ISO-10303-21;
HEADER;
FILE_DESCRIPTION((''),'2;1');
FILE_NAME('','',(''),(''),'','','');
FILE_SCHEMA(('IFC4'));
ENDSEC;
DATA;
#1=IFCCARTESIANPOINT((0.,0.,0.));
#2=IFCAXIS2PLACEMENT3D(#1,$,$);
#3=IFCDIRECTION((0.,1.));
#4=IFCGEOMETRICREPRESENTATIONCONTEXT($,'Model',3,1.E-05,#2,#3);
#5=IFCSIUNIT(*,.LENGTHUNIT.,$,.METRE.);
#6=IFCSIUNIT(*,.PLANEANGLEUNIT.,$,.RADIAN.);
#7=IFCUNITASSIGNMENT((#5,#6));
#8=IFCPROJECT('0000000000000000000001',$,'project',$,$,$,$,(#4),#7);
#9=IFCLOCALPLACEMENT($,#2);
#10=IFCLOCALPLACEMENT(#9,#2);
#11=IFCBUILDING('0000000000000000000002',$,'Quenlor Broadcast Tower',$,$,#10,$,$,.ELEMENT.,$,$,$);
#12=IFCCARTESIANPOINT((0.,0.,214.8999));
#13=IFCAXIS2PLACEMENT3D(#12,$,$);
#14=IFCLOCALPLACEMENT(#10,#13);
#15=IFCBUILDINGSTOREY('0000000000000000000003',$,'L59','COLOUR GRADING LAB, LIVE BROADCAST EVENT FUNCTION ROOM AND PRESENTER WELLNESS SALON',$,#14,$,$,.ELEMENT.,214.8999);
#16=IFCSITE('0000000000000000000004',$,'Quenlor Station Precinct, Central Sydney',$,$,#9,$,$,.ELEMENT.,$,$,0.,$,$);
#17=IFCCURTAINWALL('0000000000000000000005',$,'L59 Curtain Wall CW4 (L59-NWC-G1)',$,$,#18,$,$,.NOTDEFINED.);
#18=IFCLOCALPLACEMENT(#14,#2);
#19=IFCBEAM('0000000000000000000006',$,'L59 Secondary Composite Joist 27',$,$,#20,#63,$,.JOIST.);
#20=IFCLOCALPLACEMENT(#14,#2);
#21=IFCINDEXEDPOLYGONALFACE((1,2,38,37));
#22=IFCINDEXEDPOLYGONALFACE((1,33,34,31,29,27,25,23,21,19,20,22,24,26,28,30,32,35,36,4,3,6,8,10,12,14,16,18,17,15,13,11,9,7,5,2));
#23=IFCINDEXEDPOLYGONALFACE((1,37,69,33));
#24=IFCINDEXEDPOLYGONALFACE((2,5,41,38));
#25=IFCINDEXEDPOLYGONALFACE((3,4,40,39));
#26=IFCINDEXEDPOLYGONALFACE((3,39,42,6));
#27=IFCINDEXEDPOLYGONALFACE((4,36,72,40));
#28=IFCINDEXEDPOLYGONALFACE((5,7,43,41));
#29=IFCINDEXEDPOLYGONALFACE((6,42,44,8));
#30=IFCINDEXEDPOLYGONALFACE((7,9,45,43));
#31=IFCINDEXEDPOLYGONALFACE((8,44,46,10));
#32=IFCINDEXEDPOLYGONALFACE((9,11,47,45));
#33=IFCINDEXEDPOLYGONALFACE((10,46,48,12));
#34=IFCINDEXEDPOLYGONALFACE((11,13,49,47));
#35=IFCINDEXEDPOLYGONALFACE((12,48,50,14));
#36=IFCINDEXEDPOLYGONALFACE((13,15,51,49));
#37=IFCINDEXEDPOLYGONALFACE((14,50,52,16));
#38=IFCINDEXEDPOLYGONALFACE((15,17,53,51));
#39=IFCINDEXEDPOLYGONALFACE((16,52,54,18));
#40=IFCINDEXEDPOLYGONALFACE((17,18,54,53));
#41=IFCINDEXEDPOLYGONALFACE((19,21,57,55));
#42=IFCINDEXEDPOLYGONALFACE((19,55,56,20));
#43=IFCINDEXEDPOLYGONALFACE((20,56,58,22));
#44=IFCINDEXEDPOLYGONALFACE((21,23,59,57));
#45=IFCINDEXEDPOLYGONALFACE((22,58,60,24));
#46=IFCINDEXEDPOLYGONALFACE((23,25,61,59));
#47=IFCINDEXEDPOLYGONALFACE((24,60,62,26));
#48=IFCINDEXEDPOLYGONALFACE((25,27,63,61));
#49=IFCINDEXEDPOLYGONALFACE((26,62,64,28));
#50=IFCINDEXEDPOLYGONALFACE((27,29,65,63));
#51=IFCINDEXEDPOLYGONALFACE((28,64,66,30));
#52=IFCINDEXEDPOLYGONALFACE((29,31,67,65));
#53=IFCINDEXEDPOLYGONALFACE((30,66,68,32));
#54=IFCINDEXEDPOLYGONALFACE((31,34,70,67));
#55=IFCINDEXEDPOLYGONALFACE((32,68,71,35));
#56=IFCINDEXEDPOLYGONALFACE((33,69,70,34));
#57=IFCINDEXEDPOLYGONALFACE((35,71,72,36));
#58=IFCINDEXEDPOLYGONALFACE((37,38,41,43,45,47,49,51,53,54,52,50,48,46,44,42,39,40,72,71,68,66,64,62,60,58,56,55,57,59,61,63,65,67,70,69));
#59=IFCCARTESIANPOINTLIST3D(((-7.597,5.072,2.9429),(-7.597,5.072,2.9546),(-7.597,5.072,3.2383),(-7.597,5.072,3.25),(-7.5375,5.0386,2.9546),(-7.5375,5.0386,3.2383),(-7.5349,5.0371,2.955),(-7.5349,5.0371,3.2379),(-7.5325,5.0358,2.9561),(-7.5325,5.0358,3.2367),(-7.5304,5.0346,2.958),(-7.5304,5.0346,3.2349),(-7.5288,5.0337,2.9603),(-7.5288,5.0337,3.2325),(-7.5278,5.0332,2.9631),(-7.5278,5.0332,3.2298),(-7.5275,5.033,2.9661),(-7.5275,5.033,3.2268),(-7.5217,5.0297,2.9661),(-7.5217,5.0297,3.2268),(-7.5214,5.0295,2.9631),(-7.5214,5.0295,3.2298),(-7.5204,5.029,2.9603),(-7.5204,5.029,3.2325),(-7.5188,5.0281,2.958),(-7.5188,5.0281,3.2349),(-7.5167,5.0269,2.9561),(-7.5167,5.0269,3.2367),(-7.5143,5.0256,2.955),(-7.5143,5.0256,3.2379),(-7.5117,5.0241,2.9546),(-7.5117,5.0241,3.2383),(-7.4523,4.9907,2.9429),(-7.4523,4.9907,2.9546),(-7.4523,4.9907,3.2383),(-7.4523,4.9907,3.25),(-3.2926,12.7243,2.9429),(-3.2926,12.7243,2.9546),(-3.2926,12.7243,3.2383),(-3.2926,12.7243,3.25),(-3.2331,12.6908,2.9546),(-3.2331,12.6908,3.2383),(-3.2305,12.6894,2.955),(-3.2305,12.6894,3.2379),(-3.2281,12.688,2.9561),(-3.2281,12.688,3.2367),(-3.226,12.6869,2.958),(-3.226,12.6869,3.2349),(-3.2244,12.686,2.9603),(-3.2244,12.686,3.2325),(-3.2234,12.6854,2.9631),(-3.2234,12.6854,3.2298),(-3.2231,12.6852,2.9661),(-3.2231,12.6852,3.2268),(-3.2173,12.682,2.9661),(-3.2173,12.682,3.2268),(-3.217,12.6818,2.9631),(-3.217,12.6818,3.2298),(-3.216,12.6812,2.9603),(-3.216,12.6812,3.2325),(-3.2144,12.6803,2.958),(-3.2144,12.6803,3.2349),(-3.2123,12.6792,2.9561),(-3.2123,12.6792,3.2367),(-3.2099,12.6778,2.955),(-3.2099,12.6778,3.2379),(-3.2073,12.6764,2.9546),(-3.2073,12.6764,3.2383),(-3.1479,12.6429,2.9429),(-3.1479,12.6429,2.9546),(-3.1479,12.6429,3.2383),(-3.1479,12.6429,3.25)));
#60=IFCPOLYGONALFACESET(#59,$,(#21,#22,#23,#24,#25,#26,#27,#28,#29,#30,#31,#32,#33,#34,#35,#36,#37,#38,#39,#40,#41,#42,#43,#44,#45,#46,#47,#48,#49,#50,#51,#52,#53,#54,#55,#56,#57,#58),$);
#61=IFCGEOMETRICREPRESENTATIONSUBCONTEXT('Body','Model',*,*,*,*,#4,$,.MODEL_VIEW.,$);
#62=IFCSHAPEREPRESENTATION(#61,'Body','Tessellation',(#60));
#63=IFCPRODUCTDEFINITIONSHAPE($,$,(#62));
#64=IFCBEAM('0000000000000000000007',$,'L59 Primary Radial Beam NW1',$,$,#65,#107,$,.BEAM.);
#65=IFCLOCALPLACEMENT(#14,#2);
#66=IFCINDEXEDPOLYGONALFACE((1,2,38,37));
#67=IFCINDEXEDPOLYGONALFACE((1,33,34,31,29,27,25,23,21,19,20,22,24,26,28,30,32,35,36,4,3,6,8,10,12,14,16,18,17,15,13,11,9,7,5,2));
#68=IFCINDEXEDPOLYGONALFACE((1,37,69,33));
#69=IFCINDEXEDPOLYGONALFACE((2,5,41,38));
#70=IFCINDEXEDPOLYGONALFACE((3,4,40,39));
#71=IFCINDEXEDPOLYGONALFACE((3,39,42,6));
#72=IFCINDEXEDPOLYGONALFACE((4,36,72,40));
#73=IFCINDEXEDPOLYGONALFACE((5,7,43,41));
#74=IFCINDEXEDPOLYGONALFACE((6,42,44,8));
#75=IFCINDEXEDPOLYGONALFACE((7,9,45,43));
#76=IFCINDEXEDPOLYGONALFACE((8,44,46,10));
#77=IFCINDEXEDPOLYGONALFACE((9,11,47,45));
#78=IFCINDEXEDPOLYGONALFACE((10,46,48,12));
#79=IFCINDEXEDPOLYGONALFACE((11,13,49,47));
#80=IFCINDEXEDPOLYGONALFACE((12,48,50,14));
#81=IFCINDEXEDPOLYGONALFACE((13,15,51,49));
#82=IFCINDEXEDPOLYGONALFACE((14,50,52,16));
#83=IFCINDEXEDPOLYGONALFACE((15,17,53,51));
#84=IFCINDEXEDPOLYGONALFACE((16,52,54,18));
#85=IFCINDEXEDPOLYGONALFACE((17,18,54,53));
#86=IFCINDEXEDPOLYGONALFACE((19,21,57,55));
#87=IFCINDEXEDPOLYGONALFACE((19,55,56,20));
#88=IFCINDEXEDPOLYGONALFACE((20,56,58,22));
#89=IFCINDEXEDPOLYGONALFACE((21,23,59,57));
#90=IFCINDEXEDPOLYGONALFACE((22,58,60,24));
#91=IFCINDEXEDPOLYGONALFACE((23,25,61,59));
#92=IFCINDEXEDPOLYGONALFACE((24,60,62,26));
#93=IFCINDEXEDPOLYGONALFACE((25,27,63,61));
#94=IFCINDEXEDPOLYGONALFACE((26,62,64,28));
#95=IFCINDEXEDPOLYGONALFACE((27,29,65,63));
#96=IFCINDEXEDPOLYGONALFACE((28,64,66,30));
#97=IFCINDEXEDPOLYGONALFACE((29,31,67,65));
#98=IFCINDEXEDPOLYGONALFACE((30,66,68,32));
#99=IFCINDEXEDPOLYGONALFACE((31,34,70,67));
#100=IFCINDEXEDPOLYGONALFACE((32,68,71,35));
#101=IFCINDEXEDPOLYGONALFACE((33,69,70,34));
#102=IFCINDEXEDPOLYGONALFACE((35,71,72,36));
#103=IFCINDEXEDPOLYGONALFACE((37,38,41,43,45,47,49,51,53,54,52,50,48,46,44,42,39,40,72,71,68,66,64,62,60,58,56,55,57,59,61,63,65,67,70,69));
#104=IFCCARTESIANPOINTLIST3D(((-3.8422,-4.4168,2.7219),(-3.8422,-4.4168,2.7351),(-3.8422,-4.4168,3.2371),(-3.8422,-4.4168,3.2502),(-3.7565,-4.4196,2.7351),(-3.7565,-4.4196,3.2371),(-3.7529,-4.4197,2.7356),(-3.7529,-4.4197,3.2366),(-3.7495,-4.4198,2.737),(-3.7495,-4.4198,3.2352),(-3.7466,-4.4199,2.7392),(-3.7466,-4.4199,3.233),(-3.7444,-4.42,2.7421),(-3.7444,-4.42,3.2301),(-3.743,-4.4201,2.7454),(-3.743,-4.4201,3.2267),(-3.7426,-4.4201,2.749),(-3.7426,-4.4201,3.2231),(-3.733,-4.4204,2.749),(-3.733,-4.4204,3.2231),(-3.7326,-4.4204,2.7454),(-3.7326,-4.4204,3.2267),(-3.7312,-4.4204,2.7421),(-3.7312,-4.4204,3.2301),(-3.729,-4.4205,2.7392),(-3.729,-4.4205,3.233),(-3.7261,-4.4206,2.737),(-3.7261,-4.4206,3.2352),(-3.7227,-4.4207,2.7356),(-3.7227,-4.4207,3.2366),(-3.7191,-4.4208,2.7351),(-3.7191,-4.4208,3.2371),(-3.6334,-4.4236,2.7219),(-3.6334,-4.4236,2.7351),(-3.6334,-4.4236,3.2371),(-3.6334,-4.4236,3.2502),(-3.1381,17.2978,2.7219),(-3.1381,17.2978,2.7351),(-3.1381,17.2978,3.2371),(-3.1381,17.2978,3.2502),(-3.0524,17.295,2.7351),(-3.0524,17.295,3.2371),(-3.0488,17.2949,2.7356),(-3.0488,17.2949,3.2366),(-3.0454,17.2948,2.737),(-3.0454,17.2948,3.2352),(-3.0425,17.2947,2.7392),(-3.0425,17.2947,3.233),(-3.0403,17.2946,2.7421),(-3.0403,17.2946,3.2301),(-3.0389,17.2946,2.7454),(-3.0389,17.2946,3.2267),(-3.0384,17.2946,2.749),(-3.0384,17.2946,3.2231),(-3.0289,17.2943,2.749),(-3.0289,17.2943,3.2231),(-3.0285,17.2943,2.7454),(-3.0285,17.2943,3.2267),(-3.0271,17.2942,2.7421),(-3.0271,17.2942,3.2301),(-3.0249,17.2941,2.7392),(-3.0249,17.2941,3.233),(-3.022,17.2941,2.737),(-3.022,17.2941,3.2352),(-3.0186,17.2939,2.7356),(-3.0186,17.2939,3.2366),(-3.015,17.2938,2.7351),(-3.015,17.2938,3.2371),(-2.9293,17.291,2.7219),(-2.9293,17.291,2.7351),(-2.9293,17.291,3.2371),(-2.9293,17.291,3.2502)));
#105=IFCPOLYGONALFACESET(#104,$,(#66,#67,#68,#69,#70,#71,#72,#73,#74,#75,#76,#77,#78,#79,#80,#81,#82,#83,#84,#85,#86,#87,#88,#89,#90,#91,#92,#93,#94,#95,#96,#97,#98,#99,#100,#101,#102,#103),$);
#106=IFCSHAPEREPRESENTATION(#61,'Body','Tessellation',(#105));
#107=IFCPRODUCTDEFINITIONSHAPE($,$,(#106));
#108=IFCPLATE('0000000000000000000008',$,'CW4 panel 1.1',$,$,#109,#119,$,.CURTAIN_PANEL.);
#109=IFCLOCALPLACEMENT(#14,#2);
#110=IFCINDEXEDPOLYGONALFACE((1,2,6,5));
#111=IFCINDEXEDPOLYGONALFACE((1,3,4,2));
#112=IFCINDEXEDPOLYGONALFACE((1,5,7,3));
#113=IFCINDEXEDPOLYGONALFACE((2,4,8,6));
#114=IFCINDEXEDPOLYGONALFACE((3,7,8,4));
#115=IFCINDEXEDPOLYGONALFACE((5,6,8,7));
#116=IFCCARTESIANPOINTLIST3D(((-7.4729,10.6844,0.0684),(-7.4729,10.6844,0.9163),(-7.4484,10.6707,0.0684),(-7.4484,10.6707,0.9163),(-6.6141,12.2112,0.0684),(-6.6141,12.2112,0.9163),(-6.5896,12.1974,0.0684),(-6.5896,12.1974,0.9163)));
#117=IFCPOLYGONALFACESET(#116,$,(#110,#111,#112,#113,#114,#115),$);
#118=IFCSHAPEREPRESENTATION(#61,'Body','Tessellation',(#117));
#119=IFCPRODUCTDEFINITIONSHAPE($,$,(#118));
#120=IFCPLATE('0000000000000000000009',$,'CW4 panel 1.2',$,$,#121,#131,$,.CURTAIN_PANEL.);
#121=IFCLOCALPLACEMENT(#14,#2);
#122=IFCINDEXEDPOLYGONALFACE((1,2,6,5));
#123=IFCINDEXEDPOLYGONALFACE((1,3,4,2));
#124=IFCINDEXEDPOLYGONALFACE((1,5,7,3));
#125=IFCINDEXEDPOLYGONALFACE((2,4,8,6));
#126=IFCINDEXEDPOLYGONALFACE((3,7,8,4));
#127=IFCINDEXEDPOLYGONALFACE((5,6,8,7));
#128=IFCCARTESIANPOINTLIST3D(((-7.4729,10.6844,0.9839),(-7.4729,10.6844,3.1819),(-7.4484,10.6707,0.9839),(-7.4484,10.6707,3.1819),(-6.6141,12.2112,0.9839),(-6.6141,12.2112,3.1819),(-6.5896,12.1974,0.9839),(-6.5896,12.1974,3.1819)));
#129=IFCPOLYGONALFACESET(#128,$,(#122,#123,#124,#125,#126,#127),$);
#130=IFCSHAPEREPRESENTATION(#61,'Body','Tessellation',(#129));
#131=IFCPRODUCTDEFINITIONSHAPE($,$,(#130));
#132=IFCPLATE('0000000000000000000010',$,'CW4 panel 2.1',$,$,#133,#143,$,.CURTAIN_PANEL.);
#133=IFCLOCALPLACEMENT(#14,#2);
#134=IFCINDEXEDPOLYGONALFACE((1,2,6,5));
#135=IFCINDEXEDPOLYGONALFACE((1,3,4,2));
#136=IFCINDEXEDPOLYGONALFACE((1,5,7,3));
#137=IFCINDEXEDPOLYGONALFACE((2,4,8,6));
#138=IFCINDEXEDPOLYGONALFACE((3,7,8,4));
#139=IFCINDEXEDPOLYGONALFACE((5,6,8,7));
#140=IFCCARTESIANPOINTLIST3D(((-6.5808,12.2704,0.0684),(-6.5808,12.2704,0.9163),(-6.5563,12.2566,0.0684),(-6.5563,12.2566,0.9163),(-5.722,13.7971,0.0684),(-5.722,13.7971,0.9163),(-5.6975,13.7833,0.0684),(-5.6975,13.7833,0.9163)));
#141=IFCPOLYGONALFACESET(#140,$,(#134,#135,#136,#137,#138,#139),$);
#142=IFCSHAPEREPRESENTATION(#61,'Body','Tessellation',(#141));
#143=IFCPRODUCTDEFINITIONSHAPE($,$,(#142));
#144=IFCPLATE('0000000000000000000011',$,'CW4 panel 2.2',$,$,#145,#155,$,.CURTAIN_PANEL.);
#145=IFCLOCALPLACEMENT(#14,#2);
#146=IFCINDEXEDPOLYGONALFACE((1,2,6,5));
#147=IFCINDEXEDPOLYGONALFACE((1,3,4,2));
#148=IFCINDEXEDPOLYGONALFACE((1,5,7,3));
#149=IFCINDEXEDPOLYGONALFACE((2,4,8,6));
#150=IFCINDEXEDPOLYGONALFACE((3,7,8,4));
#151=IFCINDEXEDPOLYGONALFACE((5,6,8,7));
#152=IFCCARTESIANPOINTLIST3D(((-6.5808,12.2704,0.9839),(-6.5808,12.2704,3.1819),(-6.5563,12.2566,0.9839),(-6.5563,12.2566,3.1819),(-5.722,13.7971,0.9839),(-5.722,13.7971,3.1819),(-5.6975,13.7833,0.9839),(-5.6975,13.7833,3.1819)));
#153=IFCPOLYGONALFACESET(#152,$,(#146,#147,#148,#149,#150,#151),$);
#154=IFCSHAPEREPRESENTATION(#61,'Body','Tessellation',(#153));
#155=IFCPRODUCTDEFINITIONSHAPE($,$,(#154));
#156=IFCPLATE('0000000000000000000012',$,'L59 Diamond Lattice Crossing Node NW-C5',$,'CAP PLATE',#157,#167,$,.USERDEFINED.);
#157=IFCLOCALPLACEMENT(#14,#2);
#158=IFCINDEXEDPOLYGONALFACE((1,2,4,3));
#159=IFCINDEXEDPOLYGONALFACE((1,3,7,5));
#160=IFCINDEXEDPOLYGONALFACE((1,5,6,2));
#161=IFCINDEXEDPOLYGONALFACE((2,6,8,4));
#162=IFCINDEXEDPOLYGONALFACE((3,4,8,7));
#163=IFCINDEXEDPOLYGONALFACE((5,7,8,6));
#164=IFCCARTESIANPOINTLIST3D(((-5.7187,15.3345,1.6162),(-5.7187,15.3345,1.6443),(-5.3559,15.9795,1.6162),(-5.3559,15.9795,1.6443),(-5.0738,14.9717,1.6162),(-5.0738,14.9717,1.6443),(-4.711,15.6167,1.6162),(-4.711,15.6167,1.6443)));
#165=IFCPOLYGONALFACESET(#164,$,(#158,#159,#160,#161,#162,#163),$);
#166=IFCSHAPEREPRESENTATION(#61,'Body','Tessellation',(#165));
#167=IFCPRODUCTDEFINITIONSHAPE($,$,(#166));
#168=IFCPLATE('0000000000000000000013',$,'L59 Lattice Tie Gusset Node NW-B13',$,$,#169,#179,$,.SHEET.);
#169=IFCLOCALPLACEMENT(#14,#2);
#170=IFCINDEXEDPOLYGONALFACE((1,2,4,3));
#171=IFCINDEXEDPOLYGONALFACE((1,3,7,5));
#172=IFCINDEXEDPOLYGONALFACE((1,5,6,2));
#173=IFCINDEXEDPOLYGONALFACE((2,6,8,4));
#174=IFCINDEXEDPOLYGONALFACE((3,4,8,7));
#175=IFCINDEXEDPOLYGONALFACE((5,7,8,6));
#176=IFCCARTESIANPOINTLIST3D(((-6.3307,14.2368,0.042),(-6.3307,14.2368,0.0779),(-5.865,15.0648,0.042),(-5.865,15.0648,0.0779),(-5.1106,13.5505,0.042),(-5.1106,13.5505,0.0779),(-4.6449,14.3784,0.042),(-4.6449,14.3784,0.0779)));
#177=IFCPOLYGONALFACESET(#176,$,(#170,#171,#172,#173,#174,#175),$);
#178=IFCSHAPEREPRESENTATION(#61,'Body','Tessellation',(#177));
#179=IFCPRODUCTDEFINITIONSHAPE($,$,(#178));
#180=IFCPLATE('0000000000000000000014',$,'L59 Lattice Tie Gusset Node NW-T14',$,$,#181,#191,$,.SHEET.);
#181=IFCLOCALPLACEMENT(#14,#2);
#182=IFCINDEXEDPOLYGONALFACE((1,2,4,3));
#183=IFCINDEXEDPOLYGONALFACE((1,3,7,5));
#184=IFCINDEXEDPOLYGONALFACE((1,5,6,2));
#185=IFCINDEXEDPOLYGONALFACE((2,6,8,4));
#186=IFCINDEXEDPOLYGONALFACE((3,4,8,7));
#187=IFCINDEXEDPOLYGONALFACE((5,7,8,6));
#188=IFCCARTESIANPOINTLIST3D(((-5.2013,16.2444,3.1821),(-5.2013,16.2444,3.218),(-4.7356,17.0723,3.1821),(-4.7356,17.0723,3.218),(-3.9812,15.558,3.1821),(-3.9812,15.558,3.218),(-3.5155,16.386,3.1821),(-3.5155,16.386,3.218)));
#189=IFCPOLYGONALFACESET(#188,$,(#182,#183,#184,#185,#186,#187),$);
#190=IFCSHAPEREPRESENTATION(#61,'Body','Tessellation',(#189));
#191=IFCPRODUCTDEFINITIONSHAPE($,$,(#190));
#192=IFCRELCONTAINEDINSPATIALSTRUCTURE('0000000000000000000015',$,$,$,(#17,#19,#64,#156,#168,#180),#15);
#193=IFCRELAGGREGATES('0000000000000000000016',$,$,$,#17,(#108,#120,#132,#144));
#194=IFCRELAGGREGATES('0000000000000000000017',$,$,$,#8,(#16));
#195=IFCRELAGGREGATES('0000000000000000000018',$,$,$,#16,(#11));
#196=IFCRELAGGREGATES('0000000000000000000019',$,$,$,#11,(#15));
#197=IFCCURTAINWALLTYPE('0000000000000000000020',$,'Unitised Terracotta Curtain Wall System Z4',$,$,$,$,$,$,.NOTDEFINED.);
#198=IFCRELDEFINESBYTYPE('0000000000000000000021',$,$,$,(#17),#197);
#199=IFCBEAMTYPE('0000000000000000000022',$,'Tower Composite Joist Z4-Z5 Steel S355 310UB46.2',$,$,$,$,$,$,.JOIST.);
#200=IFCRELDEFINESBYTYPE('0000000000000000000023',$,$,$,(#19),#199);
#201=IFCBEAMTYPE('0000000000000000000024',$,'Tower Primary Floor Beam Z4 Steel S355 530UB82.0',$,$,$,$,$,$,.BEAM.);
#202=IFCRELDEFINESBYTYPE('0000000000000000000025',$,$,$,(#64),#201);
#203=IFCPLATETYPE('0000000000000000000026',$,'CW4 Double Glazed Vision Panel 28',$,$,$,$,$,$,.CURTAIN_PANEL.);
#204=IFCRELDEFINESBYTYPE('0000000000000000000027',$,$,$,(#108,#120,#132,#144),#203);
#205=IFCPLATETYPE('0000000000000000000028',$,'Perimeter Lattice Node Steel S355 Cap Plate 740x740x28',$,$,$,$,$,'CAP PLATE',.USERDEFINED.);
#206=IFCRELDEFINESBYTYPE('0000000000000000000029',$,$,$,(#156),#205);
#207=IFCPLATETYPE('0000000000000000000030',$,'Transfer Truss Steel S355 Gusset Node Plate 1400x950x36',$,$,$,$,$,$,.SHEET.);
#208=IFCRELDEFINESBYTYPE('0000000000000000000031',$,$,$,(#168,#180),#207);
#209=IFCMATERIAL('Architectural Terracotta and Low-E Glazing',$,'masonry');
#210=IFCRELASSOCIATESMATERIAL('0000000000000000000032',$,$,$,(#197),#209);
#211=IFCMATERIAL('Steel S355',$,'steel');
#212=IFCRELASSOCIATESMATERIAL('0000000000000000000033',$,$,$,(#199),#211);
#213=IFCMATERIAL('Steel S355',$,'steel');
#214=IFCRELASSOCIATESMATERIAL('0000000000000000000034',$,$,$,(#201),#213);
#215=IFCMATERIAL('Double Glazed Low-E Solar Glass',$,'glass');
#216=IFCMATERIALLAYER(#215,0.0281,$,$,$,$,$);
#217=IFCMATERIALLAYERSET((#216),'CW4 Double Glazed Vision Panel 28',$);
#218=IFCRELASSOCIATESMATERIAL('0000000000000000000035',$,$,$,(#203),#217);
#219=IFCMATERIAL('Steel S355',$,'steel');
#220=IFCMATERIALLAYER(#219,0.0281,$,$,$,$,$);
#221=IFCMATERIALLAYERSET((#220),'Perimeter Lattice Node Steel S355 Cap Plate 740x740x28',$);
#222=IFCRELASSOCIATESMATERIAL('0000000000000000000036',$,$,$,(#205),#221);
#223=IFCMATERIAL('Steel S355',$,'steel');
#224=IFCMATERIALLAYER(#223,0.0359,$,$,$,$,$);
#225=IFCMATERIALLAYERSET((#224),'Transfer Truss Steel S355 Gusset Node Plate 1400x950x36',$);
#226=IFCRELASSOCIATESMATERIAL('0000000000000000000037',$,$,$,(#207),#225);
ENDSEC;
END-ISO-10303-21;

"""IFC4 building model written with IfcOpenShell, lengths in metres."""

from ifc_helpers import new_model, si_unit, direction, frame, origin, origin_2d, place, context, subcontext, project, spatial, rectangle, i_section, extrude, material, layer, layer_set, material_profile, profile_set, type_object, element, aggregate, save


model = new_model("IFC4")

# Units and contexts
model_context = context("Model", 3, precision=1e-05, world=origin(), true_north=direction((0.0, 1.0)))
body_context = subcontext(model_context, "Body", "Model", "MODEL_VIEW")
ifc_project = project(units=[si_unit("LENGTHUNIT", "METRE"), si_unit("PLANEANGLEUNIT", "RADIAN")], contexts=[model_context])

# Site, building, storey
site_placement = place(None, origin())
site = spatial("IfcSite", under=ifc_project, at=site_placement, Name="Quenlor Station Precinct, Central Sydney", CompositionType="ELEMENT", RefElevation=0.0)
building_placement = place(site_placement, origin())
building = spatial("IfcBuilding", under=site, at=building_placement, Name="Quenlor Broadcast Tower", CompositionType="ELEMENT")
storey_placement = place(building_placement, frame((0.0, 0.0, 214.8999)))
storey = spatial("IfcBuildingStorey", under=building, at=storey_placement, Name="L59", Description="COLOUR GRADING LAB, LIVE BROADCAST EVENT FUNCTION ROOM AND PRESENTER WELLNESS SALON", CompositionType="ELEMENT", Elevation=214.8999)

# Curtain wall
ifc_material_1 = material(Name="Architectural Terracotta and Low-E Glazing", Category="masonry")
curtain_wall_type = type_object("IfcCurtainWallType", Name="Unitised Terracotta Curtain Wall System Z4", PredefinedType="NOTDEFINED", material=ifc_material_1)
curtain_wall_placement = place(storey_placement, origin())
curtain_wall = element("IfcCurtainWall", 1, at=curtain_wall_placement, inside=storey, type_object=curtain_wall_type, Name="L59 Curtain Wall CW4 (L59-NWC-G1)", PredefinedType="NOTDEFINED")

# Beams
ifc_material_2 = material(Name="Steel S355", Category="steel")
ifc_material_profile_1 = material_profile(ifc_material_2, i_section(OverallWidth=0.166, OverallDepth=0.3071, WebThickness=0.0066, FlangeThickness=0.0117, FilletRadius=0.0115, at=origin_2d()))
ifc_profile_set_1 = profile_set([ifc_material_profile_1], Name="Steel S355 310UB46.2")
beam_type_1 = type_object("IfcBeamType", Name="Tower Composite Joist Z4-Z5 Steel S355 310UB46.2", PredefinedType="JOIST", material=ifc_profile_set_1)
beam_1_placement = place(storey_placement, frame((-3.2202, 12.6836, 3.0964), z_axis=(-0.490261, -0.871576, 0.0), x_axis=(0.871576, -0.490261, 0.0)))
element("IfcBeam", 2, at=beam_1_placement, inside=storey, type_object=beam_type_1, Name="L59 Secondary Composite Joist 27", PredefinedType="JOIST", context=body_context, shape_type="SweptSolid", body=[
    extrude(i_section(OverallWidth=0.166, OverallDepth=0.3071, WebThickness=0.0066, FlangeThickness=0.0117, FilletRadius=0.0115, at=origin_2d()), origin(), (0.0, 0.0, 1.0), 8.7798),
])
ifc_material_3 = material(Name="Steel S355", Category="steel")
ifc_material_profile_2 = material_profile(ifc_material_3, i_section(OverallWidth=0.209, OverallDepth=0.5283, WebThickness=0.0095, FlangeThickness=0.0132, FilletRadius=0.0139, at=origin_2d()))
ifc_profile_set_2 = profile_set([ifc_material_profile_2], Name="Steel S355 530UB82.0")
beam_type_2 = type_object("IfcBeamType", Name="Tower Primary Floor Beam Z4 Steel S355 530UB82.0", PredefinedType="BEAM", material=ifc_profile_set_2)
beam_2_placement = place(storey_placement, frame((-3.0337, 17.2944, 2.9861), z_axis=(-0.032408, -0.999475, 0.0), x_axis=(0.999475, -0.032408, 0.0)))
element("IfcBeam", 3, at=beam_2_placement, inside=storey, type_object=beam_type_2, Name="L59 Primary Radial Beam NW1", PredefinedType="BEAM", context=body_context, shape_type="SweptSolid", body=[
    extrude(i_section(OverallWidth=0.209, OverallDepth=0.5283, WebThickness=0.0095, FlangeThickness=0.0132, FilletRadius=0.0139, at=origin_2d()), origin(), (0.0, 0.0, 1.0), 21.7261),
])

# Plates
ifc_material_4 = material(Name="Double Glazed Low-E Solar Glass", Category="glass")
ifc_layer_1 = layer(ifc_material_4, 0.0281)
ifc_layer_set_1 = layer_set([ifc_layer_1], Name="CW4 Double Glazed Vision Panel 28")
plate_type_1 = type_object("IfcPlateType", Name="CW4 Double Glazed Vision Panel 28", PredefinedType="CURTAIN_PANEL", material=ifc_layer_set_1)
plate_1_placement = place(storey_placement, frame((-7.0312, 11.4409, 0.0684), z_axis=(0.0, 0.0, 1.0), x_axis=(0.49026, 0.871576, 0.0)))
plate_1 = element("IfcPlate", 4, at=plate_1_placement, type_object=plate_type_1, Name="CW4 panel 1.1", PredefinedType="CURTAIN_PANEL", context=body_context, shape_type="SweptSolid", body=[
    extrude(rectangle(XDim=1.7517, YDim=0.0281, at=origin_2d()), origin(), (0.0, 0.0, 1.0), 0.8479),
])
plate_2_placement = place(storey_placement, frame((-7.0312, 11.4409, 0.9839), z_axis=(0.0, 0.0, 1.0), x_axis=(0.49026, 0.871576, 0.0)))
plate_2 = element("IfcPlate", 5, at=plate_2_placement, type_object=plate_type_1, Name="CW4 panel 1.2", PredefinedType="CURTAIN_PANEL", context=body_context, shape_type="SweptSolid", body=[
    extrude(rectangle(XDim=1.7517, YDim=0.0281, at=origin_2d()), origin(), (0.0, 0.0, 1.0), 2.198),
])
plate_3_placement = place(storey_placement, frame((-6.1392, 13.0269, 0.0684), z_axis=(0.0, 0.0, 1.0), x_axis=(0.49026, 0.871576, 0.0)))
plate_3 = element("IfcPlate", 6, at=plate_3_placement, type_object=plate_type_1, Name="CW4 panel 2.1", PredefinedType="CURTAIN_PANEL", context=body_context, shape_type="SweptSolid", body=[
    extrude(rectangle(XDim=1.7517, YDim=0.0281, at=origin_2d()), origin(), (0.0, 0.0, 1.0), 0.8479),
])
plate_4_placement = place(storey_placement, frame((-6.1392, 13.0269, 0.9839), z_axis=(0.0, 0.0, 1.0), x_axis=(0.49026, 0.871576, 0.0)))
plate_4 = element("IfcPlate", 7, at=plate_4_placement, type_object=plate_type_1, Name="CW4 panel 2.2", PredefinedType="CURTAIN_PANEL", context=body_context, shape_type="SweptSolid", body=[
    extrude(rectangle(XDim=1.7517, YDim=0.0281, at=origin_2d()), origin(), (0.0, 0.0, 1.0), 2.198),
])
aggregate(curtain_wall, [plate_1, plate_2, plate_3, plate_4])

# Plates
ifc_material_5 = material(Name="Steel S355", Category="steel")
ifc_layer_2 = layer(ifc_material_5, 0.0281)
ifc_layer_set_2 = layer_set([ifc_layer_2], Name="Perimeter Lattice Node Steel S355 Cap Plate 740x740x28")
plate_type_2 = type_object("IfcPlateType", Name="Perimeter Lattice Node Steel S355 Cap Plate 740x740x28", ElementType="CAP PLATE", PredefinedType="USERDEFINED", material=ifc_layer_set_2)
plate_5_placement = place(storey_placement, frame((-5.2148, 15.4756, 1.6162), z_axis=(0.0, 0.0, 1.0), x_axis=(0.490295, 0.871556, 0.0)))
element("IfcPlate", 8, at=plate_5_placement, inside=storey, type_object=plate_type_2, Name="L59 Diamond Lattice Crossing Node NW-C5", ObjectType="CAP PLATE", PredefinedType="USERDEFINED", context=body_context, shape_type="SweptSolid", body=[
    extrude(rectangle(XDim=0.74, YDim=0.74, at=origin_2d()), origin(), (0.0, 0.0, 1.0), 0.0281),
])
ifc_material_6 = material(Name="Steel S355", Category="steel")
ifc_layer_3 = layer(ifc_material_6, 0.0359)
ifc_layer_set_3 = layer_set([ifc_layer_3], Name="Transfer Truss Steel S355 Gusset Node Plate 1400x950x36")
plate_type_3 = type_object("IfcPlateType", Name="Transfer Truss Steel S355 Gusset Node Plate 1400x950x36", PredefinedType="SHEET", material=ifc_layer_set_3)
for number, where, z_axis, x_axis, name in (
    (9, (-5.4878, 14.3076, 0.042), (0.0, 0.0, 1.0), (-0.871556, 0.490295, 0.0), "L59 Lattice Tie Gusset Node NW-B13"),
    (10, (-4.3584, 16.3152, 3.1821), (0.0, 0.0, 1.0), (-0.871556, 0.490295, 0.0), "L59 Lattice Tie Gusset Node NW-T14"),
):
    element("IfcPlate", number, at=place(storey_placement, frame(where, z_axis=z_axis, x_axis=x_axis)), inside=storey, type_object=plate_type_3, Name=name, PredefinedType="SHEET", context=body_context, shape_type="SweptSolid", body=[
        extrude(rectangle(XDim=1.3999, YDim=0.95, at=origin_2d()), origin(), (0.0, 0.0, 1.0), 0.0359),
    ])

save(model, "model.ifc")
